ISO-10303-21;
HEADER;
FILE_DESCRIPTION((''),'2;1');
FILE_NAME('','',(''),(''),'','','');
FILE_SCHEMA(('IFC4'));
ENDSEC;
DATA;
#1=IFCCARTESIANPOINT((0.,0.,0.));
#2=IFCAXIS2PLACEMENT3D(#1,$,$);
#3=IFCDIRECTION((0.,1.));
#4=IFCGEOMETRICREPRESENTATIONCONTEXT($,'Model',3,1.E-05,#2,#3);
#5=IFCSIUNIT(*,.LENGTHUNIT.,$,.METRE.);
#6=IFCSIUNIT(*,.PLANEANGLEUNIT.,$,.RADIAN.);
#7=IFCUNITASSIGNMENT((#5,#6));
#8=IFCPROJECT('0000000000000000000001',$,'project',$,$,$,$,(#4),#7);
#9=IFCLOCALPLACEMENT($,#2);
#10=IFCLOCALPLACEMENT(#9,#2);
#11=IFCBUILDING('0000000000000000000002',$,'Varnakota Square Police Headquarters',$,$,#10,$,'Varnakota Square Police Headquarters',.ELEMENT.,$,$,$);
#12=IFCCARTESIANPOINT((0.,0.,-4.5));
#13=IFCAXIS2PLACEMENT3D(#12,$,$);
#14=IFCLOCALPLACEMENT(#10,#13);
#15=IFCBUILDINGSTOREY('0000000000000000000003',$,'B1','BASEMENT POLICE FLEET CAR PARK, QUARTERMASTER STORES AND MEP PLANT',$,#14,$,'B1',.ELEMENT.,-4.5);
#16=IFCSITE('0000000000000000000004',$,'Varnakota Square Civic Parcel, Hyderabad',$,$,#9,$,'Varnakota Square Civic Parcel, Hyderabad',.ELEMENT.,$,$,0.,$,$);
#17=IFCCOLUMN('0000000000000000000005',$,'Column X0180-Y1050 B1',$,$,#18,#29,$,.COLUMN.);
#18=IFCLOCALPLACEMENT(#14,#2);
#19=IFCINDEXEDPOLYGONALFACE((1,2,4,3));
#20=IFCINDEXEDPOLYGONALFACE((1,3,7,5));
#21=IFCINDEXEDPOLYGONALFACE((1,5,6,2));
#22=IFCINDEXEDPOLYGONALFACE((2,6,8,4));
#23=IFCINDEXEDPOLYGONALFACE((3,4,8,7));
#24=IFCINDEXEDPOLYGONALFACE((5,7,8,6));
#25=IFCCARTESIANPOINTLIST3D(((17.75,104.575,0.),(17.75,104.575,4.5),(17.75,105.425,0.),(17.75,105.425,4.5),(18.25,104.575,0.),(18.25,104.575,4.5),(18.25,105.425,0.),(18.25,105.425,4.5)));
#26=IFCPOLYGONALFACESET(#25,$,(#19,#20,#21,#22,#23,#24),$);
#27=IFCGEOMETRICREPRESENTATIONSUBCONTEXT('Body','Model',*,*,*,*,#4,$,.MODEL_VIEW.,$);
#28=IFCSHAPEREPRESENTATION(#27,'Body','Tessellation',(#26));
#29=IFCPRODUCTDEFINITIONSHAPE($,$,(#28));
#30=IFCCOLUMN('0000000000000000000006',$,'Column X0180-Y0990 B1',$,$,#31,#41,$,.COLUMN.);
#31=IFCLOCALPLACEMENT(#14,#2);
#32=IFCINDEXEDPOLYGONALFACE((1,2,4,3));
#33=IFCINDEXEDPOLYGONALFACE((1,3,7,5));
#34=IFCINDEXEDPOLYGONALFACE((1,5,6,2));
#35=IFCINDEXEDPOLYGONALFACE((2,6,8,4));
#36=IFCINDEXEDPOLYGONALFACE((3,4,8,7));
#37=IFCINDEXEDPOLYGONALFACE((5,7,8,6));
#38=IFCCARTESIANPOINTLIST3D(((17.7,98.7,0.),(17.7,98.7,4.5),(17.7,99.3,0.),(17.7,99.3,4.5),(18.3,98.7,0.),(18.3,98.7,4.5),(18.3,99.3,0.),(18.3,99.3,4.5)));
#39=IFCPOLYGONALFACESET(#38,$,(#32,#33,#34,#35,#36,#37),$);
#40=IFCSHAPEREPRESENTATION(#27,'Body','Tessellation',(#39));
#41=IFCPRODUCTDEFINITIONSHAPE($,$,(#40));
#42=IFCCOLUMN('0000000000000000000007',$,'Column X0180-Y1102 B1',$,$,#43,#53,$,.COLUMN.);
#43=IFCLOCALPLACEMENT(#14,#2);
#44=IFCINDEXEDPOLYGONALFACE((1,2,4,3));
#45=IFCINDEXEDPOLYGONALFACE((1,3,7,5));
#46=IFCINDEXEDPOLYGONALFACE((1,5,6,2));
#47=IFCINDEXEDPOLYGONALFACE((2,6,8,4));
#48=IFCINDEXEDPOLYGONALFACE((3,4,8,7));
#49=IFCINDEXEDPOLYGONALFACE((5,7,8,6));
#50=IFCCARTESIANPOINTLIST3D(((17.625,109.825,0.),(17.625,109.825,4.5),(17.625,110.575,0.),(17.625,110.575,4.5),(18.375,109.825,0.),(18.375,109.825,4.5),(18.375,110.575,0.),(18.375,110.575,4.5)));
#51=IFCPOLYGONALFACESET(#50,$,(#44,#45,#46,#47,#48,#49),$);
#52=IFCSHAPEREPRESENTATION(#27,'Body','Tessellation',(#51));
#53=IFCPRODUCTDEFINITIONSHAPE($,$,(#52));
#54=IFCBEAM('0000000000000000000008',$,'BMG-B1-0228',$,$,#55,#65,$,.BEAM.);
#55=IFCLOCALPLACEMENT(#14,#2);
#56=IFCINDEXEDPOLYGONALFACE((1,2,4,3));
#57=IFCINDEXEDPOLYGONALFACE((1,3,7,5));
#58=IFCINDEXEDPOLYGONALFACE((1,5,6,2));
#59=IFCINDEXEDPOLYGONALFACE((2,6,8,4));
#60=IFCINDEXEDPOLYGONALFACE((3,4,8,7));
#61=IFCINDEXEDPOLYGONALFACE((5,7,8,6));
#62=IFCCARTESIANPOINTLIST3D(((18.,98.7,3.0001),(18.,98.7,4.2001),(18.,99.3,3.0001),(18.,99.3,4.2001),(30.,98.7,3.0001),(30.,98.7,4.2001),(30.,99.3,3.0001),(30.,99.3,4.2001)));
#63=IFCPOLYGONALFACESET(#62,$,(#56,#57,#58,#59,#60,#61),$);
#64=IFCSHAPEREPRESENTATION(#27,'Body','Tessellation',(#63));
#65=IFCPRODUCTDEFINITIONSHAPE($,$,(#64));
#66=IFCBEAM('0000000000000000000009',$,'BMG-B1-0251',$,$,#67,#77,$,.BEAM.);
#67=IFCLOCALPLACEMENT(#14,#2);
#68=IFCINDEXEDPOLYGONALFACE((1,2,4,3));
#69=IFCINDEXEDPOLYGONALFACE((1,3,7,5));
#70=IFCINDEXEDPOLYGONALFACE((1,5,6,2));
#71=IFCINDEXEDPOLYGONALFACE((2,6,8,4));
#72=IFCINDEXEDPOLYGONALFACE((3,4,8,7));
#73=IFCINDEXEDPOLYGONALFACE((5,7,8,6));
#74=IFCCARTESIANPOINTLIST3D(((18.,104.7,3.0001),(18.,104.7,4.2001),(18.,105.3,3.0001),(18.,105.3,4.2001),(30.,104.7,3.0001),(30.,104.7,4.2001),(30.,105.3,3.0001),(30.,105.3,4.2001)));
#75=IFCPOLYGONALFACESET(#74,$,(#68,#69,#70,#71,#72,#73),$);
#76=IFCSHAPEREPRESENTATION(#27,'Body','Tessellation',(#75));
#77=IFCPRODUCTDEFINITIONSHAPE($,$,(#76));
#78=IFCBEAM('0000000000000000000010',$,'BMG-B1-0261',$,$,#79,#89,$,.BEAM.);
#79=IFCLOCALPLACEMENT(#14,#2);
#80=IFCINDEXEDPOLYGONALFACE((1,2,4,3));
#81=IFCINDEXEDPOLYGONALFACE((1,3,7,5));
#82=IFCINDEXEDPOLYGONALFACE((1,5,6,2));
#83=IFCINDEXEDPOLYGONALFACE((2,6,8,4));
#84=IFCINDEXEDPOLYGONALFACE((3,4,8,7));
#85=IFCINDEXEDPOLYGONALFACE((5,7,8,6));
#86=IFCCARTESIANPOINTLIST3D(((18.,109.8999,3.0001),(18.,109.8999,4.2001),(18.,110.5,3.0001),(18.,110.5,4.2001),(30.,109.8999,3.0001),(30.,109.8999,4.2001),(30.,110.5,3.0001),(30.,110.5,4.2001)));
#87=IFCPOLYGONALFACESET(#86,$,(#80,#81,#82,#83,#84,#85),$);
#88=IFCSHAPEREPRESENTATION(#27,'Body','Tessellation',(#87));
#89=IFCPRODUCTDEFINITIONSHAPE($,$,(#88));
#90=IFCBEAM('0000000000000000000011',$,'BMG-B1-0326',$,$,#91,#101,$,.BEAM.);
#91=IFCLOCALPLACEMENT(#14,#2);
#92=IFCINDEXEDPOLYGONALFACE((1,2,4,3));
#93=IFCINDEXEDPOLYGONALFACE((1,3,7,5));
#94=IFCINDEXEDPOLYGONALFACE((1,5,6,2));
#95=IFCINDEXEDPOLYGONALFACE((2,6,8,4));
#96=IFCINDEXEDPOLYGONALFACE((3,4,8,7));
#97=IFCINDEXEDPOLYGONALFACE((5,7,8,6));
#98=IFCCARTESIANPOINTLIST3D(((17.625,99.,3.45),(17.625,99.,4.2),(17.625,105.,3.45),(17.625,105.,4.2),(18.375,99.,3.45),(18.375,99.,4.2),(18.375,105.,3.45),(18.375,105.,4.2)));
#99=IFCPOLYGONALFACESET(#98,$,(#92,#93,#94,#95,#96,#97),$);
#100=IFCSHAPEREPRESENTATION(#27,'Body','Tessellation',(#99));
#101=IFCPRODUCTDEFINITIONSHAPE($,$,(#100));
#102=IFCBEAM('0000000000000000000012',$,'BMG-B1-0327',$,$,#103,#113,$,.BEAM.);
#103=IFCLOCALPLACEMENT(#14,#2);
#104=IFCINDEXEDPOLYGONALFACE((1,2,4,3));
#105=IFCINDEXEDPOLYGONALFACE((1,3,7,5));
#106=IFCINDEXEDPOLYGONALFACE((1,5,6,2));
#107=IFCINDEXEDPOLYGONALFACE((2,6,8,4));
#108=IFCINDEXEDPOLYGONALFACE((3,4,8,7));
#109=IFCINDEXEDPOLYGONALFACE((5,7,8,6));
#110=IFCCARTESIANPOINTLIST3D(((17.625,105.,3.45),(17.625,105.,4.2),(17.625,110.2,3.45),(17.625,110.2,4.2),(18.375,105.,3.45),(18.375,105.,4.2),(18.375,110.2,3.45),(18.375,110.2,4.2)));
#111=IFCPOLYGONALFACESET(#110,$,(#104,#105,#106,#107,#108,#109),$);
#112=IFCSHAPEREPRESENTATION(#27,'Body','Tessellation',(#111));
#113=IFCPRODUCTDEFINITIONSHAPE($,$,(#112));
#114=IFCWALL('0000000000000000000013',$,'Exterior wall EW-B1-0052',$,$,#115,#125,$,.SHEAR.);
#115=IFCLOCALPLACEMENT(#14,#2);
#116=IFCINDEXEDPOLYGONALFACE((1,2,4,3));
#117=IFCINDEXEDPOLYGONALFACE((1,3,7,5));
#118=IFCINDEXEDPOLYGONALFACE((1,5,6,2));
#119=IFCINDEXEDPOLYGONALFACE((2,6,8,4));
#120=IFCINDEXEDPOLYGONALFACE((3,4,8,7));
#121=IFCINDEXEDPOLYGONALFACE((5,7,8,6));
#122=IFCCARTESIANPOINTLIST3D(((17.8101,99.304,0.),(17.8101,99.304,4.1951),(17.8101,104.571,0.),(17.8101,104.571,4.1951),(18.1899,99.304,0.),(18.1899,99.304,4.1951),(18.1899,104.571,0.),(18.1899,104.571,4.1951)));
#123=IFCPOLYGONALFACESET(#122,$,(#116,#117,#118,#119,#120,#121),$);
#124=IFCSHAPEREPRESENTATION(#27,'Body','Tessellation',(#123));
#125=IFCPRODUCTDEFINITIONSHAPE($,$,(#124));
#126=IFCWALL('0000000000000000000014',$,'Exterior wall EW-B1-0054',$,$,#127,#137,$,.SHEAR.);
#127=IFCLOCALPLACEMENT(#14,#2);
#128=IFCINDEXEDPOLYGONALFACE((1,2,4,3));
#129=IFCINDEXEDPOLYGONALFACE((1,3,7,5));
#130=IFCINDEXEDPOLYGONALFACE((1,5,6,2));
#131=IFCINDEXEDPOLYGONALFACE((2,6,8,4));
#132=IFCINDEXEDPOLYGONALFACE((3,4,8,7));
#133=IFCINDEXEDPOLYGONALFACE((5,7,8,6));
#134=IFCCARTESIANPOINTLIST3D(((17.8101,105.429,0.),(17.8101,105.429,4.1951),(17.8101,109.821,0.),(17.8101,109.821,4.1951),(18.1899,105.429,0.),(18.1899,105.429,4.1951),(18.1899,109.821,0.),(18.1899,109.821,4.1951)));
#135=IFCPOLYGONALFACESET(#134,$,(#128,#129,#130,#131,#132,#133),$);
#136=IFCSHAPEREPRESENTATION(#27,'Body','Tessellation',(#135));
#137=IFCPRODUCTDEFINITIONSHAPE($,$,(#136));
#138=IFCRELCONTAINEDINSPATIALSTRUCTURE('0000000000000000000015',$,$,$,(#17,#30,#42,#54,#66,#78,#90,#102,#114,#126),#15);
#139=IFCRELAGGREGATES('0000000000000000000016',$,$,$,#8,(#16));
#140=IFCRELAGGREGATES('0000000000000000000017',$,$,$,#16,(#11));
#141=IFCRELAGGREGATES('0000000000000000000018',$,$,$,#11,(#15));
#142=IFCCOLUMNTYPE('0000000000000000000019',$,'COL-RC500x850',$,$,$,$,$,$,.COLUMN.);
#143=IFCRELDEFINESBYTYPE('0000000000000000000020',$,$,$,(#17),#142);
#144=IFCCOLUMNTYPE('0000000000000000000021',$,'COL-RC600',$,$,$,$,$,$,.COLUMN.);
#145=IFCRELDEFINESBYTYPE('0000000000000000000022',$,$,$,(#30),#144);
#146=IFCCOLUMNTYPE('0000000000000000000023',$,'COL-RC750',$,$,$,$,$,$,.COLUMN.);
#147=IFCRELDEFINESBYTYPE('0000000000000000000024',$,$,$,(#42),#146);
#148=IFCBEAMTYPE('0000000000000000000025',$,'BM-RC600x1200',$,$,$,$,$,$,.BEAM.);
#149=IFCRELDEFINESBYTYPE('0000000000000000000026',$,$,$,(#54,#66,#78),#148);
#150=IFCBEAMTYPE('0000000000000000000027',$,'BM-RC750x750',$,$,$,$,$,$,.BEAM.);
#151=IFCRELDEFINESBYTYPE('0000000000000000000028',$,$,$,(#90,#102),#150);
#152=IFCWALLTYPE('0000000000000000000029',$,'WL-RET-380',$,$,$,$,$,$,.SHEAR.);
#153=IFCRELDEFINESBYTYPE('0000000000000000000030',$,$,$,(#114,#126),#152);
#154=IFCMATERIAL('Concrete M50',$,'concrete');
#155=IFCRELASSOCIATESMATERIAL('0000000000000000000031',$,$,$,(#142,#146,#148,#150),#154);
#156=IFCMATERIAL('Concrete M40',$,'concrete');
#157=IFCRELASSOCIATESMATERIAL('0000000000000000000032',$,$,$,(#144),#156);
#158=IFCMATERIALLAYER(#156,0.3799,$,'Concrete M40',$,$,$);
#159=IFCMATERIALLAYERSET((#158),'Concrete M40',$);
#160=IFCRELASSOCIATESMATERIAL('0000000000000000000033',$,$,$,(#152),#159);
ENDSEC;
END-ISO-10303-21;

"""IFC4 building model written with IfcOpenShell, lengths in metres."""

from ifc_helpers import new_model, si_unit, direction, frame, frame_2d, origin, origin_2d, place, context, subcontext, project, spatial, rectangle, extrude, material, layer, layer_set, material_profile, profile_set, type_object, element, save


model = new_model("IFC4")

# Units and contexts
model_context = context("Model", 3, precision=1e-05, world=origin(), true_north=direction((0.0, 1.0)))
body_context = subcontext(model_context, "Body", "Model", "MODEL_VIEW")
ifc_project = project(units=[si_unit("LENGTHUNIT", "METRE"), si_unit("PLANEANGLEUNIT", "RADIAN")], contexts=[model_context])

# Site, building, storey
site_placement = place(None, origin())
site = spatial("IfcSite", under=ifc_project, at=site_placement, Name="Varnakota Square Civic Parcel, Hyderabad", LongName="Varnakota Square Civic Parcel, Hyderabad", CompositionType="ELEMENT", RefElevation=0.0)
building_placement = place(site_placement, origin())
building = spatial("IfcBuilding", under=site, at=building_placement, Name="Varnakota Square Police Headquarters", LongName="Varnakota Square Police Headquarters", CompositionType="ELEMENT")
storey_placement = place(building_placement, frame((0.0, 0.0, -4.5)))
storey = spatial("IfcBuildingStorey", under=building, at=storey_placement, Name="B1", Description="BASEMENT POLICE FLEET CAR PARK, QUARTERMASTER STORES AND MEP PLANT", LongName="B1", CompositionType="ELEMENT", Elevation=-4.5)

# Shared definitions
ifc_material_1 = material(Name="Concrete M40", Category="concrete")

# Columns
ifc_material_2 = material(Name="Concrete M50", Category="concrete")
ifc_material_profile_1 = material_profile(ifc_material_2, rectangle(XDim=0.5, YDim=0.8501, at=origin_2d()), Name="RC 500x850")
ifc_profile_set_1 = profile_set([ifc_material_profile_1], Name="Concrete M50")
column_type_1 = type_object("IfcColumnType", Name="COL-RC500x850", PredefinedType="COLUMN", material=ifc_profile_set_1)
column_1_placement = place(storey_placement, frame((18.0, 105.0, 0.0), z_axis=(0.0, 0.0, 1.0), x_axis=(1.0, 0.0, 0.0)))
element("IfcColumn", 1, at=column_1_placement, inside=storey, type_object=column_type_1, Name="Column X0180-Y1050 B1", PredefinedType="COLUMN", context=body_context, shape_type="SweptSolid", body=[
    extrude(rectangle(XDim=0.5, YDim=0.8501, at=origin_2d()), origin(), (0.0, 0.0, 1.0), 4.5),
])
ifc_material_profile_2 = material_profile(ifc_material_1, rectangle(XDim=0.6001, YDim=0.6001, at=origin_2d()), Name="RC 600x600")
ifc_profile_set_2 = profile_set([ifc_material_profile_2], Name="Concrete M40")
column_type_2 = type_object("IfcColumnType", Name="COL-RC600", PredefinedType="COLUMN", material=ifc_profile_set_2)
column_2_placement = place(storey_placement, frame((18.0, 99.0, 0.0), z_axis=(0.0, 0.0, 1.0), x_axis=(1.0, 0.0, 0.0)))
element("IfcColumn", 2, at=column_2_placement, inside=storey, type_object=column_type_2, Name="Column X0180-Y0990 B1", PredefinedType="COLUMN", context=body_context, shape_type="SweptSolid", body=[
    extrude(rectangle(XDim=0.6001, YDim=0.6001, at=origin_2d()), origin(), (0.0, 0.0, 1.0), 4.5),
])
ifc_material_profile_3 = material_profile(ifc_material_2, rectangle(XDim=0.75, YDim=0.75, at=origin_2d()), Name="RC 750x750")
ifc_profile_set_3 = profile_set([ifc_material_profile_3], Name="Concrete M50")
column_type_3 = type_object("IfcColumnType", Name="COL-RC750", PredefinedType="COLUMN", material=ifc_profile_set_3)
column_3_placement = place(storey_placement, frame((18.0, 110.2, 0.0), z_axis=(0.0, 0.0, 1.0), x_axis=(1.0, 0.0, 0.0)))
element("IfcColumn", 3, at=column_3_placement, inside=storey, type_object=column_type_3, Name="Column X0180-Y1102 B1", PredefinedType="COLUMN", context=body_context, shape_type="SweptSolid", body=[
    extrude(rectangle(XDim=0.75, YDim=0.75, at=origin_2d()), origin(), (0.0, 0.0, 1.0), 4.5),
])

# Beams
ifc_material_profile_4 = material_profile(ifc_material_2, rectangle(XDim=0.6001, YDim=1.2, at=origin_2d()), Name="RC 600x1200")
ifc_profile_set_4 = profile_set([ifc_material_profile_4], Name="Concrete M50")
beam_type_1 = type_object("IfcBeamType", Name="BM-RC600x1200", PredefinedType="BEAM", material=ifc_profile_set_4)
for number, where, z_axis, x_axis, name in (
    (4, (18.0, 99.0, 3.6001), (1.0, 0.0, 0.0), (0.0, 1.0, 0.0), "BMG-B1-0228"),
    (5, (18.0, 105.0, 3.6001), (1.0, 0.0, 0.0), (0.0, 1.0, 0.0), "BMG-B1-0251"),
    (6, (18.0, 110.2, 3.6001), (1.0, 0.0, 0.0), (0.0, 1.0, 0.0), "BMG-B1-0261"),
):
    element("IfcBeam", number, at=place(storey_placement, frame(where, z_axis=z_axis, x_axis=x_axis)), inside=storey, type_object=beam_type_1, Name=name, PredefinedType="BEAM", context=body_context, shape_type="SweptSolid", body=[
        extrude(rectangle(XDim=0.6001, YDim=1.2, at=origin_2d()), origin(), (0.0, 0.0, 1.0), 12.0),
    ])
ifc_material_profile_5 = material_profile(ifc_material_2, rectangle(XDim=0.75, YDim=0.75, at=origin_2d()), Name="RC 750x750")
ifc_profile_set_5 = profile_set([ifc_material_profile_5], Name="Concrete M50")
beam_type_2 = type_object("IfcBeamType", Name="BM-RC750x750", PredefinedType="BEAM", material=ifc_profile_set_5)
beam_1_placement = place(storey_placement, frame((18.0, 99.0, 3.825), z_axis=(0.0, 1.0, 0.0), x_axis=(-1.0, 0.0, 0.0)))
element("IfcBeam", 7, at=beam_1_placement, inside=storey, type_object=beam_type_2, Name="BMG-B1-0326", PredefinedType="BEAM", context=body_context, shape_type="SweptSolid", body=[
    extrude(rectangle(XDim=0.75, YDim=0.75, at=origin_2d()), origin(), (0.0, 0.0, 1.0), 6.0),
])
beam_2_placement = place(storey_placement, frame((18.0, 105.0, 3.825), z_axis=(0.0, 1.0, 0.0), x_axis=(-1.0, 0.0, 0.0)))
element("IfcBeam", 8, at=beam_2_placement, inside=storey, type_object=beam_type_2, Name="BMG-B1-0327", PredefinedType="BEAM", context=body_context, shape_type="SweptSolid", body=[
    extrude(rectangle(XDim=0.75, YDim=0.75, at=origin_2d()), origin(), (0.0, 0.0, 1.0), 5.2),
])

# Walls
ifc_layer = layer(ifc_material_1, 0.3799, Name="Concrete M40")
ifc_layer_set = layer_set([ifc_layer], Name="Concrete M40")
wall_type = type_object("IfcWallType", Name="WL-RET-380", PredefinedType="SHEAR", material=ifc_layer_set)
wall_1_placement = place(storey_placement, frame((18.0, 99.304, 0.0), z_axis=(0.0, 0.0, 1.0), x_axis=(0.0, 1.0, 0.0)))
element("IfcWall", 9, at=wall_1_placement, inside=storey, type_object=wall_type, Name="Exterior wall EW-B1-0052", PredefinedType="SHEAR", context=body_context, shape_type="SweptSolid", body=[
    extrude(rectangle(XDim=5.2671, YDim=0.3799, at=frame_2d((2.6335, 0.0))), origin(), (0.0, 0.0, 1.0), 4.1951),
])
wall_2_placement = place(storey_placement, frame((18.0, 105.429, 0.0), z_axis=(0.0, 0.0, 1.0), x_axis=(0.0, 1.0, 0.0)))
element("IfcWall", 10, at=wall_2_placement, inside=storey, type_object=wall_type, Name="Exterior wall EW-B1-0054", PredefinedType="SHEAR", context=body_context, shape_type="SweptSolid", body=[
    extrude(rectangle(XDim=4.3921, YDim=0.3799, at=frame_2d((2.196, 0.0))), origin(), (0.0, 0.0, 1.0), 4.1951),
])

save(model, "model.ifc")
